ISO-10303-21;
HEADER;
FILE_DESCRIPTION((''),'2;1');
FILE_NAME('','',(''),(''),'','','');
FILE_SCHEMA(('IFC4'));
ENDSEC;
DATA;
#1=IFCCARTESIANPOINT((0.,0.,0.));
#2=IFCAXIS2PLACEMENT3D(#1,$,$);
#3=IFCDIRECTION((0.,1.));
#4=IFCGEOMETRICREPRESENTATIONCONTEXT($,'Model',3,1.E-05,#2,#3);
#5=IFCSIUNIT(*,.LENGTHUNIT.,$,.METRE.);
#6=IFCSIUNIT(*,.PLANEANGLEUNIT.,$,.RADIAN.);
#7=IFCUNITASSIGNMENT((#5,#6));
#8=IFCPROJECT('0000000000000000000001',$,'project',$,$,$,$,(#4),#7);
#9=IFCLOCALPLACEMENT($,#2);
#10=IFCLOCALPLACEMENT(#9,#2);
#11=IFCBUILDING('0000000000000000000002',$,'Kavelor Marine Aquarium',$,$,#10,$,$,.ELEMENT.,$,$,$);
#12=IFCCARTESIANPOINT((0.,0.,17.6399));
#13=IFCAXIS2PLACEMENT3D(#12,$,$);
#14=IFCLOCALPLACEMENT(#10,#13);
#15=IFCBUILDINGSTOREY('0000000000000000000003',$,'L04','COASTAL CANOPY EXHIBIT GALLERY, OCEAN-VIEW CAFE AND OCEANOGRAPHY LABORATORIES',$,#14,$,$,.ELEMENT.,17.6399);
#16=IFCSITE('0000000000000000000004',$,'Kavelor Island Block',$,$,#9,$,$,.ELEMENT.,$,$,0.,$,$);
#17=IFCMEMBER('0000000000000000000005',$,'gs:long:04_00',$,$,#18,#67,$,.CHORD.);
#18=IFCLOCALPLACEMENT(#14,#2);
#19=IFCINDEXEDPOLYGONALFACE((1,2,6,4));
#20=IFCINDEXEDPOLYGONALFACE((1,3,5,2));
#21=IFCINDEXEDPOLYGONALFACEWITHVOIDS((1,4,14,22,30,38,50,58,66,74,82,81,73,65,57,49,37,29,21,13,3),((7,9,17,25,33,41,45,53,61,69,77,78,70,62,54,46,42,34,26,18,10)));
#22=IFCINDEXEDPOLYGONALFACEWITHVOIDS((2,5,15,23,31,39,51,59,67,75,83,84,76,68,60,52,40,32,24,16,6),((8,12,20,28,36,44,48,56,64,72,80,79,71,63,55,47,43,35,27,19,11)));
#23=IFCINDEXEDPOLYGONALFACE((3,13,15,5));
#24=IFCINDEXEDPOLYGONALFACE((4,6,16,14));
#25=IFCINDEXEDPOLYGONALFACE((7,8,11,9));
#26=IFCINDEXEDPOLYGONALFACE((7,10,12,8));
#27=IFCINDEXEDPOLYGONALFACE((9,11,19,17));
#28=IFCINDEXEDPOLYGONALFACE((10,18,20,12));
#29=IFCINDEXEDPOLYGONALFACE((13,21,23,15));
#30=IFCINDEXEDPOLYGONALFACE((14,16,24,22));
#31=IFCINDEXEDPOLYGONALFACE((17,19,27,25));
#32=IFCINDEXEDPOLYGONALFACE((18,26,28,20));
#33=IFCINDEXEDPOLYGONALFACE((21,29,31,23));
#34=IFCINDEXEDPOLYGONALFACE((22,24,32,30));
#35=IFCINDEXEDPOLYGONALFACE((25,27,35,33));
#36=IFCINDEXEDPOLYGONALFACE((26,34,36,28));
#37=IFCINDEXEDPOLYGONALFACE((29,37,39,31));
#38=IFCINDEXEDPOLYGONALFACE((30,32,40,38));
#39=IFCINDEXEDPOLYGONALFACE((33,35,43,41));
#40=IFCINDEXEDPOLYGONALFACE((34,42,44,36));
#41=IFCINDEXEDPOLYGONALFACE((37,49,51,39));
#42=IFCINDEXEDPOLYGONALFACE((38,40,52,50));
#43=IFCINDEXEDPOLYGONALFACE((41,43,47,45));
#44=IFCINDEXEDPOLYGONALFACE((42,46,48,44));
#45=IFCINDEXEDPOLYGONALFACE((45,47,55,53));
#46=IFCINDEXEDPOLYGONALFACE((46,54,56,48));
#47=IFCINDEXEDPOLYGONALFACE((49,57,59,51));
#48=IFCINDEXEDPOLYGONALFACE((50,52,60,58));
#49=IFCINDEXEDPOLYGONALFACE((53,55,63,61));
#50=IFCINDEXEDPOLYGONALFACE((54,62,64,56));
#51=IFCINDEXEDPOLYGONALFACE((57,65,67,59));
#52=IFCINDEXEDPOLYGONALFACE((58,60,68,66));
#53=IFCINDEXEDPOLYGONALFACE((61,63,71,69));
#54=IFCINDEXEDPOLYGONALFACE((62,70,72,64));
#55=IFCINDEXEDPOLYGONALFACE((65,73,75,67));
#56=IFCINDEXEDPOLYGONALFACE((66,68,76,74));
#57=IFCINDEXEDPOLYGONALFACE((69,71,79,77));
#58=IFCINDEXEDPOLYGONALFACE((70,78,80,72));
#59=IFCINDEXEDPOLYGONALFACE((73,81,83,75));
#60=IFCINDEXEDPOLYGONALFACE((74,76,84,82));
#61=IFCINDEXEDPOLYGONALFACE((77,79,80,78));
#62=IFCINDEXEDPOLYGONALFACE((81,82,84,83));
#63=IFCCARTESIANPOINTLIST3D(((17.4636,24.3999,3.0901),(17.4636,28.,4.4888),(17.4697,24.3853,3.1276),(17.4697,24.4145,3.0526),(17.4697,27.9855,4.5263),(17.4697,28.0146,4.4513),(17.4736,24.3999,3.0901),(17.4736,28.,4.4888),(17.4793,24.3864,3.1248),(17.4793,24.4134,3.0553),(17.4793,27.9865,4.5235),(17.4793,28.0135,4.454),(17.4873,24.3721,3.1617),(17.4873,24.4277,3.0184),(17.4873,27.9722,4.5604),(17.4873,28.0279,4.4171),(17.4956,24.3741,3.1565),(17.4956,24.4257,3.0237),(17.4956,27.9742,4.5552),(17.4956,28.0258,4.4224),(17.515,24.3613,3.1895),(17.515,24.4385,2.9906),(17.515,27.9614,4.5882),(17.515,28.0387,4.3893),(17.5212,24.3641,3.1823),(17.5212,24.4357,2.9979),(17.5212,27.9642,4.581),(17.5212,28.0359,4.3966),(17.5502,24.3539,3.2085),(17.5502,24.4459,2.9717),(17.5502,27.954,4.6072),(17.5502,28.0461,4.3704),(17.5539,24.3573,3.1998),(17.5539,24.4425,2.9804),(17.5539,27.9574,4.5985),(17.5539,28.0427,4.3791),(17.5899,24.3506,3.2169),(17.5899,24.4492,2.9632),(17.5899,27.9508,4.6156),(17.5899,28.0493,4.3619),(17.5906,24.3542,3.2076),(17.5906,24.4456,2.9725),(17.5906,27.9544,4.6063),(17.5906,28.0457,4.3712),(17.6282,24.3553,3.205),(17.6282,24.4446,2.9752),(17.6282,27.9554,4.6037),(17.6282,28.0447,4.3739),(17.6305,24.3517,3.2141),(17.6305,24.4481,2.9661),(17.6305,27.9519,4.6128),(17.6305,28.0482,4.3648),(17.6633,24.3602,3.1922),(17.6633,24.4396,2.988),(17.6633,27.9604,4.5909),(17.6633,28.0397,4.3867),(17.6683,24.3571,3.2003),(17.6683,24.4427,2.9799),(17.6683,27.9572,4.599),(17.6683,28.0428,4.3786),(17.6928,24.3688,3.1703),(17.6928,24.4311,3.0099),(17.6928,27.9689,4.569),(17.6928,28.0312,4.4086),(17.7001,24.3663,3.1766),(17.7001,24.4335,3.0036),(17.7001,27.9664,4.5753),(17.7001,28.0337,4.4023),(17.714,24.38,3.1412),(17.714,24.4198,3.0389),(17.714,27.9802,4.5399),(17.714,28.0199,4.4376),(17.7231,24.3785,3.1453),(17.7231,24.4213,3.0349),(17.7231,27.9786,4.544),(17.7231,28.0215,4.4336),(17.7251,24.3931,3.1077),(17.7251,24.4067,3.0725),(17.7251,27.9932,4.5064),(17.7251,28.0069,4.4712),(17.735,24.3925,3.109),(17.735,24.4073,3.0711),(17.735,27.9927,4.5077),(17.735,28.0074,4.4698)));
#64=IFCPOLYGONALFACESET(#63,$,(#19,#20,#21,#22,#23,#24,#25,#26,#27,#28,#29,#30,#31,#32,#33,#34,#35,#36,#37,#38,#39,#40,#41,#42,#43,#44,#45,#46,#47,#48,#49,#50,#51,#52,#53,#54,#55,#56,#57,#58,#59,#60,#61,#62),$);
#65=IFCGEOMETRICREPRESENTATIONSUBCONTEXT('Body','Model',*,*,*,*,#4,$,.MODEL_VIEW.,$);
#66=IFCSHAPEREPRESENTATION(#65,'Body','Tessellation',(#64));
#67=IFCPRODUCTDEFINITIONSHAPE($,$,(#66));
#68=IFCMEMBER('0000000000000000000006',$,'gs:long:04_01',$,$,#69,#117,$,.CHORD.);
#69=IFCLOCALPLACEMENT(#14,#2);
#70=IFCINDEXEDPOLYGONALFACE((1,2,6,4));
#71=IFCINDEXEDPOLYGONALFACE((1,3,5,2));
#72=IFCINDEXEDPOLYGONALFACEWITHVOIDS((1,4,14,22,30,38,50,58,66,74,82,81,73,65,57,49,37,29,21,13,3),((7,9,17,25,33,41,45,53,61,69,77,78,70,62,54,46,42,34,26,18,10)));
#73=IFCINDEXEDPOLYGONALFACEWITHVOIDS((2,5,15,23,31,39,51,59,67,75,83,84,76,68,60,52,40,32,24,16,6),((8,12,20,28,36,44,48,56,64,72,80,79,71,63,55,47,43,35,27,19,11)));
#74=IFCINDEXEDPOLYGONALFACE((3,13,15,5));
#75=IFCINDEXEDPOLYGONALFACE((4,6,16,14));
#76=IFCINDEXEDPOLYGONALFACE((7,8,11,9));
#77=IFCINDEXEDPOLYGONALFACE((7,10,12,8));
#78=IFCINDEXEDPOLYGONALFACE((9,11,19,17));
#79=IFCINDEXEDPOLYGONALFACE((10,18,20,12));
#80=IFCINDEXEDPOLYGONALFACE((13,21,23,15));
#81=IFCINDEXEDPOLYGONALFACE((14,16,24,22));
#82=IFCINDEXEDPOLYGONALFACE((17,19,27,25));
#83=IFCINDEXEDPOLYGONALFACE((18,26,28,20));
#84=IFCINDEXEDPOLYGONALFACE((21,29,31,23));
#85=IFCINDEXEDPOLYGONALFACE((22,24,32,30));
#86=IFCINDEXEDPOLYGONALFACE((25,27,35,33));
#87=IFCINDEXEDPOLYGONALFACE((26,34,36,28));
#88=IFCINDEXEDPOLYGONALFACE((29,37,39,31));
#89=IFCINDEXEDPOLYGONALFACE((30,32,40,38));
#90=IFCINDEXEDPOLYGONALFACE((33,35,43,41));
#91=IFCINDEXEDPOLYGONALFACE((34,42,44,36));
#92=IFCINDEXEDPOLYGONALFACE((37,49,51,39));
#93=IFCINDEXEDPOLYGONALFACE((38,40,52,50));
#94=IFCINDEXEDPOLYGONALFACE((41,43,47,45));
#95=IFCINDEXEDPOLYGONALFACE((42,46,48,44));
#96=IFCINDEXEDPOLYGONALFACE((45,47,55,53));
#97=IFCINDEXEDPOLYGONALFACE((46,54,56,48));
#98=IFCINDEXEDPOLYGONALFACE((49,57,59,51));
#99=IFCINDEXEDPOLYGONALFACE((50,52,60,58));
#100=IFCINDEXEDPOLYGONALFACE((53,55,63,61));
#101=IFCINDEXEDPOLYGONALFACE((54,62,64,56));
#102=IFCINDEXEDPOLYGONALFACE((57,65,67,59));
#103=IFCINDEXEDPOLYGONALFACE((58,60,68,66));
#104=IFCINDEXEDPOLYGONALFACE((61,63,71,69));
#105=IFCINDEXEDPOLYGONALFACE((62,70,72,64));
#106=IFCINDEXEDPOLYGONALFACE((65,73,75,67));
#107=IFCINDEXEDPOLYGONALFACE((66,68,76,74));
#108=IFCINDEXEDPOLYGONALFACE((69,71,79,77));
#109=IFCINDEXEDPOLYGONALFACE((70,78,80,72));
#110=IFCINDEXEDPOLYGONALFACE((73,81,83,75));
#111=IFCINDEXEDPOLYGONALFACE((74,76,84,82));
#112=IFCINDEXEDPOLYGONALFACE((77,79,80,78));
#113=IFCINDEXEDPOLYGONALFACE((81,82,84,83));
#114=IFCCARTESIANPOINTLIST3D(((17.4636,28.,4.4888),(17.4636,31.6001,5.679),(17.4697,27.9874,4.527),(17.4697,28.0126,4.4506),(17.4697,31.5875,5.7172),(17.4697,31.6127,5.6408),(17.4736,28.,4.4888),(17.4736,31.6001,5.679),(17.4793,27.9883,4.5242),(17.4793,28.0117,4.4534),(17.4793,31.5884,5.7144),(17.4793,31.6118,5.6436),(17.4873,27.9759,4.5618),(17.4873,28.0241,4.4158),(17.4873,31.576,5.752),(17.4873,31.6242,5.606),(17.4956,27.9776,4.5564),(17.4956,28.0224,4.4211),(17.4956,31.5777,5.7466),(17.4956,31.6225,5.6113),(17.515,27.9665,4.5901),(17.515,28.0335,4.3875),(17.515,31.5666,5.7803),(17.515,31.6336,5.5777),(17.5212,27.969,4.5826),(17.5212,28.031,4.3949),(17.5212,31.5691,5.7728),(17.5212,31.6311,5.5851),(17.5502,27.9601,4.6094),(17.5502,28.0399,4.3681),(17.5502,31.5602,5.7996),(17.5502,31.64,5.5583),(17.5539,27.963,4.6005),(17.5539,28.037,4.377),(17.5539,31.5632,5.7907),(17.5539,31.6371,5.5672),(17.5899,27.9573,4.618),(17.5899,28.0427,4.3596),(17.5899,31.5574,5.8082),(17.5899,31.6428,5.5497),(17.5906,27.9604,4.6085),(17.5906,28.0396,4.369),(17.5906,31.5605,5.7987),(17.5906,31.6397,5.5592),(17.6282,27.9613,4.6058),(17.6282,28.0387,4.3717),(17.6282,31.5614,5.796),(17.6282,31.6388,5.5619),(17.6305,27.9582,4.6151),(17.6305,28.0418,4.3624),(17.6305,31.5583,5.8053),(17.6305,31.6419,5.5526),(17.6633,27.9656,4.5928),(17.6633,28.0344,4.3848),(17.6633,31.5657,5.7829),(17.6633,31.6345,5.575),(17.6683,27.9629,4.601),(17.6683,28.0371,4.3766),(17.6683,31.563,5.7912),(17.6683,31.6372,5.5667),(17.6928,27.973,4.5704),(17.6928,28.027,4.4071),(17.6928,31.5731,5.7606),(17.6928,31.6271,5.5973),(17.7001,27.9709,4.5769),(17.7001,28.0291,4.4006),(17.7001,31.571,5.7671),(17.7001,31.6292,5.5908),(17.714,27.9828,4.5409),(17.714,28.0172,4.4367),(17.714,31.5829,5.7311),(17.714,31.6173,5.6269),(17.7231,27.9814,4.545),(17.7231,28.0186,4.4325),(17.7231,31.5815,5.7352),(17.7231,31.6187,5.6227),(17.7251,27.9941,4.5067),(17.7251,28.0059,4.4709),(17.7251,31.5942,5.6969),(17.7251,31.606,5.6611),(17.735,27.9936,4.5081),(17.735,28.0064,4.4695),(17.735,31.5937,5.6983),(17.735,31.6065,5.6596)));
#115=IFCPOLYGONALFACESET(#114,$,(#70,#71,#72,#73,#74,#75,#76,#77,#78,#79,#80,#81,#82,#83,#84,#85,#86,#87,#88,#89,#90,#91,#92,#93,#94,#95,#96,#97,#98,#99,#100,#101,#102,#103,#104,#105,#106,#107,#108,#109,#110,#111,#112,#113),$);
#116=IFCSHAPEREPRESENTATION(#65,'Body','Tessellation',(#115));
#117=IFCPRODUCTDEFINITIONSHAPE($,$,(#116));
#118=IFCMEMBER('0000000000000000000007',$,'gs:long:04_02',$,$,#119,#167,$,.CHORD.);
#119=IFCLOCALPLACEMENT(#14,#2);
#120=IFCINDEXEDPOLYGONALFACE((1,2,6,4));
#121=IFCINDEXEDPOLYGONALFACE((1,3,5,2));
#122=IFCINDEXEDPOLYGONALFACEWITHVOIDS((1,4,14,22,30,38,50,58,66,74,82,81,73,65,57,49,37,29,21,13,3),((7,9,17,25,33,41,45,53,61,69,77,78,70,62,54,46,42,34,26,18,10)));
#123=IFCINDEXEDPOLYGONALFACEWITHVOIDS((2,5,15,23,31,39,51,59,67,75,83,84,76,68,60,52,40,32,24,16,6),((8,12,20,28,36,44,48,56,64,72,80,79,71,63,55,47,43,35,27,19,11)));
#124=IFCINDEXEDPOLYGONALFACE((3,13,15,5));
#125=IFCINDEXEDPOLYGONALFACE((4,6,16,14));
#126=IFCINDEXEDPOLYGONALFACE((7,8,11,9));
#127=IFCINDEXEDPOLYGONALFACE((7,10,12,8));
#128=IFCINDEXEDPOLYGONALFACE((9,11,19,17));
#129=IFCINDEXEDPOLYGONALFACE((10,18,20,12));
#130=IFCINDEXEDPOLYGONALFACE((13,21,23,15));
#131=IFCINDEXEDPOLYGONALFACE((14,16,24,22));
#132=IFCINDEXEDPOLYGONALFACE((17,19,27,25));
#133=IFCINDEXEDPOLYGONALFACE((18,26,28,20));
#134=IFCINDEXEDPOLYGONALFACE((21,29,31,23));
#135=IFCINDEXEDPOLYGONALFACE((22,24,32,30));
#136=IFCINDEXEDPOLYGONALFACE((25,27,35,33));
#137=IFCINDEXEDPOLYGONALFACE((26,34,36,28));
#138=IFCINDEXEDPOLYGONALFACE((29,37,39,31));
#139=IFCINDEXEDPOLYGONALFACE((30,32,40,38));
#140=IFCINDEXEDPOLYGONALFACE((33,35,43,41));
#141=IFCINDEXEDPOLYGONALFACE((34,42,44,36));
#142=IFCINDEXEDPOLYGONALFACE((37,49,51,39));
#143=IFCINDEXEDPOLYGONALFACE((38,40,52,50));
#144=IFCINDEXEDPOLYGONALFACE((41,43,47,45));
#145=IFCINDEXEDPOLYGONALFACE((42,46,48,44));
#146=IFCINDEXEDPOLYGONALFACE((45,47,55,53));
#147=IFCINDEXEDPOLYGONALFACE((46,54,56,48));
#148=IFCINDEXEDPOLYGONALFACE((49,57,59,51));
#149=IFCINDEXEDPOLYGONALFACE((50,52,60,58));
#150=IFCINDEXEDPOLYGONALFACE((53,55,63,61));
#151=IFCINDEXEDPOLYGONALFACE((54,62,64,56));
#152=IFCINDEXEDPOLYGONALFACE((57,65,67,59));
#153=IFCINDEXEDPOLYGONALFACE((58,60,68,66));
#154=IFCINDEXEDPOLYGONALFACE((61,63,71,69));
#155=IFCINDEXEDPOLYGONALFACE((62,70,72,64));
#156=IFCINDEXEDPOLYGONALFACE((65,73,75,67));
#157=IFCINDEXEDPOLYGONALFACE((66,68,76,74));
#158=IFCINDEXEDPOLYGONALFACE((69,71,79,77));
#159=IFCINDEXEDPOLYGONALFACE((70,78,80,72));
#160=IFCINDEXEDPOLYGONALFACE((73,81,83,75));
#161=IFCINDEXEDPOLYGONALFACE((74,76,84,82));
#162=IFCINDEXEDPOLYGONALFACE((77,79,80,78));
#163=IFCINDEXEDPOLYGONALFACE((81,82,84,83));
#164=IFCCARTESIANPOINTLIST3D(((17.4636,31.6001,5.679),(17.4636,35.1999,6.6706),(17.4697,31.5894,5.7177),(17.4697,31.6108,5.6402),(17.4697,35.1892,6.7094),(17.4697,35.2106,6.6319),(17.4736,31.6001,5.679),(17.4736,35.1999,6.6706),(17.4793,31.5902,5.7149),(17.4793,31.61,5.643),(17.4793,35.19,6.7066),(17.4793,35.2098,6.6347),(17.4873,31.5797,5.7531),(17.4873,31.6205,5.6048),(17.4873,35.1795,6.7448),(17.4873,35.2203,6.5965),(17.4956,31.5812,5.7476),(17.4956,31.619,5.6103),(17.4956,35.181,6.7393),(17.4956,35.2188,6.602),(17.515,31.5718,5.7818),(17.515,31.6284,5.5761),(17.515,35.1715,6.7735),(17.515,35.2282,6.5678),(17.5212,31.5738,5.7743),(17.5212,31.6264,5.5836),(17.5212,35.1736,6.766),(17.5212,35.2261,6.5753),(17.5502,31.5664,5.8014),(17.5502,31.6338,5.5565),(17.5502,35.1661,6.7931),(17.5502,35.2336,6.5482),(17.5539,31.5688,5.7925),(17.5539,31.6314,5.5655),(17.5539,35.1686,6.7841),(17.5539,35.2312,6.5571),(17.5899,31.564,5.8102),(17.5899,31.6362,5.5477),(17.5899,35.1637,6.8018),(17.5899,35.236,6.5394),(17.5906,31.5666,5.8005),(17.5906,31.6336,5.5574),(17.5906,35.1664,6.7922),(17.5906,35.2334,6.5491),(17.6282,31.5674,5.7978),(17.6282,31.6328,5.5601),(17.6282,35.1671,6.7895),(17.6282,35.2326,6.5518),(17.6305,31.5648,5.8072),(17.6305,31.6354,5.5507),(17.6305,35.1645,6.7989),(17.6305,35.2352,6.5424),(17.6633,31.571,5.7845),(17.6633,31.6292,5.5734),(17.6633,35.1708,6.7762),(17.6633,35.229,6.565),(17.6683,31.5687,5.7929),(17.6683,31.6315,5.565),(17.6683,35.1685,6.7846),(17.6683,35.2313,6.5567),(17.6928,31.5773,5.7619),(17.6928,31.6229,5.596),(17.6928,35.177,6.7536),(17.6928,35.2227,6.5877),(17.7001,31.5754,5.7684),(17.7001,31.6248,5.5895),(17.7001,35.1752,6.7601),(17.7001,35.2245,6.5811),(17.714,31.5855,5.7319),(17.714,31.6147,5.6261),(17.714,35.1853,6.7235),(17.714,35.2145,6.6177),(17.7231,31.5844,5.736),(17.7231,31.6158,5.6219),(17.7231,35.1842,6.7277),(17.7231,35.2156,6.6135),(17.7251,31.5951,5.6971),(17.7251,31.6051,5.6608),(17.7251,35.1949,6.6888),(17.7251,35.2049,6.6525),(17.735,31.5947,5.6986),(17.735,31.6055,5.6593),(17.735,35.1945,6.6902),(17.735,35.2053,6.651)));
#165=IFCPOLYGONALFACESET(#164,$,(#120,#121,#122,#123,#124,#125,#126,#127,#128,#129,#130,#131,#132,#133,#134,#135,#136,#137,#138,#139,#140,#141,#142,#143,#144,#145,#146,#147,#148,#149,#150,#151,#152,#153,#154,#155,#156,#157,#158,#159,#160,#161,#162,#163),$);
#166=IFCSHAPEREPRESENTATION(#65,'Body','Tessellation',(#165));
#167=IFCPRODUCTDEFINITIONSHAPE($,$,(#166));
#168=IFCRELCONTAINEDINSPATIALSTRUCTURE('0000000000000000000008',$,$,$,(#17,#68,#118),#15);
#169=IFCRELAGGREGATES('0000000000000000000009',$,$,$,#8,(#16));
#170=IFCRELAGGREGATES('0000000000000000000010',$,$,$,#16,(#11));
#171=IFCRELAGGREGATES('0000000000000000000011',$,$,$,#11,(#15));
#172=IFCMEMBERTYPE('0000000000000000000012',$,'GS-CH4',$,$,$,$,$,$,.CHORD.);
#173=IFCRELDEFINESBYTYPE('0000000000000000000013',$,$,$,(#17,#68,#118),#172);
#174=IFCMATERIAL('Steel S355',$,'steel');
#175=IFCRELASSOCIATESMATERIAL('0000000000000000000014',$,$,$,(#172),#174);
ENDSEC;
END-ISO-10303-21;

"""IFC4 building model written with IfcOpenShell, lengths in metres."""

from ifc_helpers import new_model, si_unit, direction, frame, origin, origin_2d, place, context, subcontext, project, spatial, hollow_circle, extrude, material, material_profile, profile_set, type_object, element, save


model = new_model("IFC4")

# Units and contexts
model_context = context("Model", 3, precision=1e-05, world=origin(), true_north=direction((0.0, 1.0)))
body_context = subcontext(model_context, "Body", "Model", "MODEL_VIEW")
ifc_project = project(units=[si_unit("LENGTHUNIT", "METRE"), si_unit("PLANEANGLEUNIT", "RADIAN")], contexts=[model_context])

# Site, building, storey
site_placement = place(None, origin())
site = spatial("IfcSite", under=ifc_project, at=site_placement, Name="Kavelor Island Block", CompositionType="ELEMENT", RefElevation=0.0)
building_placement = place(site_placement, origin())
building = spatial("IfcBuilding", under=site, at=building_placement, Name="Kavelor Marine Aquarium", CompositionType="ELEMENT")
storey_placement = place(building_placement, frame((0.0, 0.0, 17.6399)))
storey = spatial("IfcBuildingStorey", under=building, at=storey_placement, Name="L04", Description="COASTAL CANOPY EXHIBIT GALLERY, OCEAN-VIEW CAFE AND OCEANOGRAPHY LABORATORIES", CompositionType="ELEMENT", Elevation=17.6399)

# Members
ifc_material_1 = material(Name="Steel S355", Category="steel")
ifc_material_profile_1 = material_profile(ifc_material_1, hollow_circle(Radius=0.1365, WallThickness=0.01, at=origin_2d()), Name="CHS 273.0x10.0")
ifc_profile_set_1 = profile_set([ifc_material_profile_1], Name="Steel S355")
member_type_1 = type_object("IfcMemberType", Name="GS-CH4", PredefinedType="CHORD", material=ifc_profile_set_1)
member_1_placement = place(storey_placement, frame((17.6001, 24.3999, 3.0901), z_axis=(0.0, 0.932123, 0.362141), x_axis=(-1.0, 0.0, 0.0)))
element("IfcMember", 1, at=member_1_placement, inside=storey, type_object=member_type_1, Name="gs:long:04_00", PredefinedType="CHORD", context=body_context, shape_type="SweptSolid", body=[
    extrude(hollow_circle(Radius=0.1365, WallThickness=0.01, at=origin_2d()), origin(), (0.0, 0.0, 1.0), 3.8623),
])
member_2_placement = place(storey_placement, frame((17.6001, 28.0, 4.4888), z_axis=(0.0, 0.94946, 0.31389), x_axis=(-1.0, 0.0, 0.0)))
element("IfcMember", 2, at=member_2_placement, inside=storey, type_object=member_type_1, Name="gs:long:04_01", PredefinedType="CHORD", context=body_context, shape_type="SweptSolid", body=[
    extrude(hollow_circle(Radius=0.1365, WallThickness=0.01, at=origin_2d()), origin(), (0.0, 0.0, 1.0), 3.7917),
])
member_3_placement = place(storey_placement, frame((17.6001, 31.6001, 5.679), z_axis=(0.0, 0.964086, 0.26559), x_axis=(-1.0, 0.0, 0.0)))
element("IfcMember", 3, at=member_3_placement, inside=storey, type_object=member_type_1, Name="gs:long:04_02", PredefinedType="CHORD", context=body_context, shape_type="SweptSolid", body=[
    extrude(hollow_circle(Radius=0.1365, WallThickness=0.01, at=origin_2d()), origin(), (0.0, 0.0, 1.0), 3.7339),
])

save(model, "model.ifc")
